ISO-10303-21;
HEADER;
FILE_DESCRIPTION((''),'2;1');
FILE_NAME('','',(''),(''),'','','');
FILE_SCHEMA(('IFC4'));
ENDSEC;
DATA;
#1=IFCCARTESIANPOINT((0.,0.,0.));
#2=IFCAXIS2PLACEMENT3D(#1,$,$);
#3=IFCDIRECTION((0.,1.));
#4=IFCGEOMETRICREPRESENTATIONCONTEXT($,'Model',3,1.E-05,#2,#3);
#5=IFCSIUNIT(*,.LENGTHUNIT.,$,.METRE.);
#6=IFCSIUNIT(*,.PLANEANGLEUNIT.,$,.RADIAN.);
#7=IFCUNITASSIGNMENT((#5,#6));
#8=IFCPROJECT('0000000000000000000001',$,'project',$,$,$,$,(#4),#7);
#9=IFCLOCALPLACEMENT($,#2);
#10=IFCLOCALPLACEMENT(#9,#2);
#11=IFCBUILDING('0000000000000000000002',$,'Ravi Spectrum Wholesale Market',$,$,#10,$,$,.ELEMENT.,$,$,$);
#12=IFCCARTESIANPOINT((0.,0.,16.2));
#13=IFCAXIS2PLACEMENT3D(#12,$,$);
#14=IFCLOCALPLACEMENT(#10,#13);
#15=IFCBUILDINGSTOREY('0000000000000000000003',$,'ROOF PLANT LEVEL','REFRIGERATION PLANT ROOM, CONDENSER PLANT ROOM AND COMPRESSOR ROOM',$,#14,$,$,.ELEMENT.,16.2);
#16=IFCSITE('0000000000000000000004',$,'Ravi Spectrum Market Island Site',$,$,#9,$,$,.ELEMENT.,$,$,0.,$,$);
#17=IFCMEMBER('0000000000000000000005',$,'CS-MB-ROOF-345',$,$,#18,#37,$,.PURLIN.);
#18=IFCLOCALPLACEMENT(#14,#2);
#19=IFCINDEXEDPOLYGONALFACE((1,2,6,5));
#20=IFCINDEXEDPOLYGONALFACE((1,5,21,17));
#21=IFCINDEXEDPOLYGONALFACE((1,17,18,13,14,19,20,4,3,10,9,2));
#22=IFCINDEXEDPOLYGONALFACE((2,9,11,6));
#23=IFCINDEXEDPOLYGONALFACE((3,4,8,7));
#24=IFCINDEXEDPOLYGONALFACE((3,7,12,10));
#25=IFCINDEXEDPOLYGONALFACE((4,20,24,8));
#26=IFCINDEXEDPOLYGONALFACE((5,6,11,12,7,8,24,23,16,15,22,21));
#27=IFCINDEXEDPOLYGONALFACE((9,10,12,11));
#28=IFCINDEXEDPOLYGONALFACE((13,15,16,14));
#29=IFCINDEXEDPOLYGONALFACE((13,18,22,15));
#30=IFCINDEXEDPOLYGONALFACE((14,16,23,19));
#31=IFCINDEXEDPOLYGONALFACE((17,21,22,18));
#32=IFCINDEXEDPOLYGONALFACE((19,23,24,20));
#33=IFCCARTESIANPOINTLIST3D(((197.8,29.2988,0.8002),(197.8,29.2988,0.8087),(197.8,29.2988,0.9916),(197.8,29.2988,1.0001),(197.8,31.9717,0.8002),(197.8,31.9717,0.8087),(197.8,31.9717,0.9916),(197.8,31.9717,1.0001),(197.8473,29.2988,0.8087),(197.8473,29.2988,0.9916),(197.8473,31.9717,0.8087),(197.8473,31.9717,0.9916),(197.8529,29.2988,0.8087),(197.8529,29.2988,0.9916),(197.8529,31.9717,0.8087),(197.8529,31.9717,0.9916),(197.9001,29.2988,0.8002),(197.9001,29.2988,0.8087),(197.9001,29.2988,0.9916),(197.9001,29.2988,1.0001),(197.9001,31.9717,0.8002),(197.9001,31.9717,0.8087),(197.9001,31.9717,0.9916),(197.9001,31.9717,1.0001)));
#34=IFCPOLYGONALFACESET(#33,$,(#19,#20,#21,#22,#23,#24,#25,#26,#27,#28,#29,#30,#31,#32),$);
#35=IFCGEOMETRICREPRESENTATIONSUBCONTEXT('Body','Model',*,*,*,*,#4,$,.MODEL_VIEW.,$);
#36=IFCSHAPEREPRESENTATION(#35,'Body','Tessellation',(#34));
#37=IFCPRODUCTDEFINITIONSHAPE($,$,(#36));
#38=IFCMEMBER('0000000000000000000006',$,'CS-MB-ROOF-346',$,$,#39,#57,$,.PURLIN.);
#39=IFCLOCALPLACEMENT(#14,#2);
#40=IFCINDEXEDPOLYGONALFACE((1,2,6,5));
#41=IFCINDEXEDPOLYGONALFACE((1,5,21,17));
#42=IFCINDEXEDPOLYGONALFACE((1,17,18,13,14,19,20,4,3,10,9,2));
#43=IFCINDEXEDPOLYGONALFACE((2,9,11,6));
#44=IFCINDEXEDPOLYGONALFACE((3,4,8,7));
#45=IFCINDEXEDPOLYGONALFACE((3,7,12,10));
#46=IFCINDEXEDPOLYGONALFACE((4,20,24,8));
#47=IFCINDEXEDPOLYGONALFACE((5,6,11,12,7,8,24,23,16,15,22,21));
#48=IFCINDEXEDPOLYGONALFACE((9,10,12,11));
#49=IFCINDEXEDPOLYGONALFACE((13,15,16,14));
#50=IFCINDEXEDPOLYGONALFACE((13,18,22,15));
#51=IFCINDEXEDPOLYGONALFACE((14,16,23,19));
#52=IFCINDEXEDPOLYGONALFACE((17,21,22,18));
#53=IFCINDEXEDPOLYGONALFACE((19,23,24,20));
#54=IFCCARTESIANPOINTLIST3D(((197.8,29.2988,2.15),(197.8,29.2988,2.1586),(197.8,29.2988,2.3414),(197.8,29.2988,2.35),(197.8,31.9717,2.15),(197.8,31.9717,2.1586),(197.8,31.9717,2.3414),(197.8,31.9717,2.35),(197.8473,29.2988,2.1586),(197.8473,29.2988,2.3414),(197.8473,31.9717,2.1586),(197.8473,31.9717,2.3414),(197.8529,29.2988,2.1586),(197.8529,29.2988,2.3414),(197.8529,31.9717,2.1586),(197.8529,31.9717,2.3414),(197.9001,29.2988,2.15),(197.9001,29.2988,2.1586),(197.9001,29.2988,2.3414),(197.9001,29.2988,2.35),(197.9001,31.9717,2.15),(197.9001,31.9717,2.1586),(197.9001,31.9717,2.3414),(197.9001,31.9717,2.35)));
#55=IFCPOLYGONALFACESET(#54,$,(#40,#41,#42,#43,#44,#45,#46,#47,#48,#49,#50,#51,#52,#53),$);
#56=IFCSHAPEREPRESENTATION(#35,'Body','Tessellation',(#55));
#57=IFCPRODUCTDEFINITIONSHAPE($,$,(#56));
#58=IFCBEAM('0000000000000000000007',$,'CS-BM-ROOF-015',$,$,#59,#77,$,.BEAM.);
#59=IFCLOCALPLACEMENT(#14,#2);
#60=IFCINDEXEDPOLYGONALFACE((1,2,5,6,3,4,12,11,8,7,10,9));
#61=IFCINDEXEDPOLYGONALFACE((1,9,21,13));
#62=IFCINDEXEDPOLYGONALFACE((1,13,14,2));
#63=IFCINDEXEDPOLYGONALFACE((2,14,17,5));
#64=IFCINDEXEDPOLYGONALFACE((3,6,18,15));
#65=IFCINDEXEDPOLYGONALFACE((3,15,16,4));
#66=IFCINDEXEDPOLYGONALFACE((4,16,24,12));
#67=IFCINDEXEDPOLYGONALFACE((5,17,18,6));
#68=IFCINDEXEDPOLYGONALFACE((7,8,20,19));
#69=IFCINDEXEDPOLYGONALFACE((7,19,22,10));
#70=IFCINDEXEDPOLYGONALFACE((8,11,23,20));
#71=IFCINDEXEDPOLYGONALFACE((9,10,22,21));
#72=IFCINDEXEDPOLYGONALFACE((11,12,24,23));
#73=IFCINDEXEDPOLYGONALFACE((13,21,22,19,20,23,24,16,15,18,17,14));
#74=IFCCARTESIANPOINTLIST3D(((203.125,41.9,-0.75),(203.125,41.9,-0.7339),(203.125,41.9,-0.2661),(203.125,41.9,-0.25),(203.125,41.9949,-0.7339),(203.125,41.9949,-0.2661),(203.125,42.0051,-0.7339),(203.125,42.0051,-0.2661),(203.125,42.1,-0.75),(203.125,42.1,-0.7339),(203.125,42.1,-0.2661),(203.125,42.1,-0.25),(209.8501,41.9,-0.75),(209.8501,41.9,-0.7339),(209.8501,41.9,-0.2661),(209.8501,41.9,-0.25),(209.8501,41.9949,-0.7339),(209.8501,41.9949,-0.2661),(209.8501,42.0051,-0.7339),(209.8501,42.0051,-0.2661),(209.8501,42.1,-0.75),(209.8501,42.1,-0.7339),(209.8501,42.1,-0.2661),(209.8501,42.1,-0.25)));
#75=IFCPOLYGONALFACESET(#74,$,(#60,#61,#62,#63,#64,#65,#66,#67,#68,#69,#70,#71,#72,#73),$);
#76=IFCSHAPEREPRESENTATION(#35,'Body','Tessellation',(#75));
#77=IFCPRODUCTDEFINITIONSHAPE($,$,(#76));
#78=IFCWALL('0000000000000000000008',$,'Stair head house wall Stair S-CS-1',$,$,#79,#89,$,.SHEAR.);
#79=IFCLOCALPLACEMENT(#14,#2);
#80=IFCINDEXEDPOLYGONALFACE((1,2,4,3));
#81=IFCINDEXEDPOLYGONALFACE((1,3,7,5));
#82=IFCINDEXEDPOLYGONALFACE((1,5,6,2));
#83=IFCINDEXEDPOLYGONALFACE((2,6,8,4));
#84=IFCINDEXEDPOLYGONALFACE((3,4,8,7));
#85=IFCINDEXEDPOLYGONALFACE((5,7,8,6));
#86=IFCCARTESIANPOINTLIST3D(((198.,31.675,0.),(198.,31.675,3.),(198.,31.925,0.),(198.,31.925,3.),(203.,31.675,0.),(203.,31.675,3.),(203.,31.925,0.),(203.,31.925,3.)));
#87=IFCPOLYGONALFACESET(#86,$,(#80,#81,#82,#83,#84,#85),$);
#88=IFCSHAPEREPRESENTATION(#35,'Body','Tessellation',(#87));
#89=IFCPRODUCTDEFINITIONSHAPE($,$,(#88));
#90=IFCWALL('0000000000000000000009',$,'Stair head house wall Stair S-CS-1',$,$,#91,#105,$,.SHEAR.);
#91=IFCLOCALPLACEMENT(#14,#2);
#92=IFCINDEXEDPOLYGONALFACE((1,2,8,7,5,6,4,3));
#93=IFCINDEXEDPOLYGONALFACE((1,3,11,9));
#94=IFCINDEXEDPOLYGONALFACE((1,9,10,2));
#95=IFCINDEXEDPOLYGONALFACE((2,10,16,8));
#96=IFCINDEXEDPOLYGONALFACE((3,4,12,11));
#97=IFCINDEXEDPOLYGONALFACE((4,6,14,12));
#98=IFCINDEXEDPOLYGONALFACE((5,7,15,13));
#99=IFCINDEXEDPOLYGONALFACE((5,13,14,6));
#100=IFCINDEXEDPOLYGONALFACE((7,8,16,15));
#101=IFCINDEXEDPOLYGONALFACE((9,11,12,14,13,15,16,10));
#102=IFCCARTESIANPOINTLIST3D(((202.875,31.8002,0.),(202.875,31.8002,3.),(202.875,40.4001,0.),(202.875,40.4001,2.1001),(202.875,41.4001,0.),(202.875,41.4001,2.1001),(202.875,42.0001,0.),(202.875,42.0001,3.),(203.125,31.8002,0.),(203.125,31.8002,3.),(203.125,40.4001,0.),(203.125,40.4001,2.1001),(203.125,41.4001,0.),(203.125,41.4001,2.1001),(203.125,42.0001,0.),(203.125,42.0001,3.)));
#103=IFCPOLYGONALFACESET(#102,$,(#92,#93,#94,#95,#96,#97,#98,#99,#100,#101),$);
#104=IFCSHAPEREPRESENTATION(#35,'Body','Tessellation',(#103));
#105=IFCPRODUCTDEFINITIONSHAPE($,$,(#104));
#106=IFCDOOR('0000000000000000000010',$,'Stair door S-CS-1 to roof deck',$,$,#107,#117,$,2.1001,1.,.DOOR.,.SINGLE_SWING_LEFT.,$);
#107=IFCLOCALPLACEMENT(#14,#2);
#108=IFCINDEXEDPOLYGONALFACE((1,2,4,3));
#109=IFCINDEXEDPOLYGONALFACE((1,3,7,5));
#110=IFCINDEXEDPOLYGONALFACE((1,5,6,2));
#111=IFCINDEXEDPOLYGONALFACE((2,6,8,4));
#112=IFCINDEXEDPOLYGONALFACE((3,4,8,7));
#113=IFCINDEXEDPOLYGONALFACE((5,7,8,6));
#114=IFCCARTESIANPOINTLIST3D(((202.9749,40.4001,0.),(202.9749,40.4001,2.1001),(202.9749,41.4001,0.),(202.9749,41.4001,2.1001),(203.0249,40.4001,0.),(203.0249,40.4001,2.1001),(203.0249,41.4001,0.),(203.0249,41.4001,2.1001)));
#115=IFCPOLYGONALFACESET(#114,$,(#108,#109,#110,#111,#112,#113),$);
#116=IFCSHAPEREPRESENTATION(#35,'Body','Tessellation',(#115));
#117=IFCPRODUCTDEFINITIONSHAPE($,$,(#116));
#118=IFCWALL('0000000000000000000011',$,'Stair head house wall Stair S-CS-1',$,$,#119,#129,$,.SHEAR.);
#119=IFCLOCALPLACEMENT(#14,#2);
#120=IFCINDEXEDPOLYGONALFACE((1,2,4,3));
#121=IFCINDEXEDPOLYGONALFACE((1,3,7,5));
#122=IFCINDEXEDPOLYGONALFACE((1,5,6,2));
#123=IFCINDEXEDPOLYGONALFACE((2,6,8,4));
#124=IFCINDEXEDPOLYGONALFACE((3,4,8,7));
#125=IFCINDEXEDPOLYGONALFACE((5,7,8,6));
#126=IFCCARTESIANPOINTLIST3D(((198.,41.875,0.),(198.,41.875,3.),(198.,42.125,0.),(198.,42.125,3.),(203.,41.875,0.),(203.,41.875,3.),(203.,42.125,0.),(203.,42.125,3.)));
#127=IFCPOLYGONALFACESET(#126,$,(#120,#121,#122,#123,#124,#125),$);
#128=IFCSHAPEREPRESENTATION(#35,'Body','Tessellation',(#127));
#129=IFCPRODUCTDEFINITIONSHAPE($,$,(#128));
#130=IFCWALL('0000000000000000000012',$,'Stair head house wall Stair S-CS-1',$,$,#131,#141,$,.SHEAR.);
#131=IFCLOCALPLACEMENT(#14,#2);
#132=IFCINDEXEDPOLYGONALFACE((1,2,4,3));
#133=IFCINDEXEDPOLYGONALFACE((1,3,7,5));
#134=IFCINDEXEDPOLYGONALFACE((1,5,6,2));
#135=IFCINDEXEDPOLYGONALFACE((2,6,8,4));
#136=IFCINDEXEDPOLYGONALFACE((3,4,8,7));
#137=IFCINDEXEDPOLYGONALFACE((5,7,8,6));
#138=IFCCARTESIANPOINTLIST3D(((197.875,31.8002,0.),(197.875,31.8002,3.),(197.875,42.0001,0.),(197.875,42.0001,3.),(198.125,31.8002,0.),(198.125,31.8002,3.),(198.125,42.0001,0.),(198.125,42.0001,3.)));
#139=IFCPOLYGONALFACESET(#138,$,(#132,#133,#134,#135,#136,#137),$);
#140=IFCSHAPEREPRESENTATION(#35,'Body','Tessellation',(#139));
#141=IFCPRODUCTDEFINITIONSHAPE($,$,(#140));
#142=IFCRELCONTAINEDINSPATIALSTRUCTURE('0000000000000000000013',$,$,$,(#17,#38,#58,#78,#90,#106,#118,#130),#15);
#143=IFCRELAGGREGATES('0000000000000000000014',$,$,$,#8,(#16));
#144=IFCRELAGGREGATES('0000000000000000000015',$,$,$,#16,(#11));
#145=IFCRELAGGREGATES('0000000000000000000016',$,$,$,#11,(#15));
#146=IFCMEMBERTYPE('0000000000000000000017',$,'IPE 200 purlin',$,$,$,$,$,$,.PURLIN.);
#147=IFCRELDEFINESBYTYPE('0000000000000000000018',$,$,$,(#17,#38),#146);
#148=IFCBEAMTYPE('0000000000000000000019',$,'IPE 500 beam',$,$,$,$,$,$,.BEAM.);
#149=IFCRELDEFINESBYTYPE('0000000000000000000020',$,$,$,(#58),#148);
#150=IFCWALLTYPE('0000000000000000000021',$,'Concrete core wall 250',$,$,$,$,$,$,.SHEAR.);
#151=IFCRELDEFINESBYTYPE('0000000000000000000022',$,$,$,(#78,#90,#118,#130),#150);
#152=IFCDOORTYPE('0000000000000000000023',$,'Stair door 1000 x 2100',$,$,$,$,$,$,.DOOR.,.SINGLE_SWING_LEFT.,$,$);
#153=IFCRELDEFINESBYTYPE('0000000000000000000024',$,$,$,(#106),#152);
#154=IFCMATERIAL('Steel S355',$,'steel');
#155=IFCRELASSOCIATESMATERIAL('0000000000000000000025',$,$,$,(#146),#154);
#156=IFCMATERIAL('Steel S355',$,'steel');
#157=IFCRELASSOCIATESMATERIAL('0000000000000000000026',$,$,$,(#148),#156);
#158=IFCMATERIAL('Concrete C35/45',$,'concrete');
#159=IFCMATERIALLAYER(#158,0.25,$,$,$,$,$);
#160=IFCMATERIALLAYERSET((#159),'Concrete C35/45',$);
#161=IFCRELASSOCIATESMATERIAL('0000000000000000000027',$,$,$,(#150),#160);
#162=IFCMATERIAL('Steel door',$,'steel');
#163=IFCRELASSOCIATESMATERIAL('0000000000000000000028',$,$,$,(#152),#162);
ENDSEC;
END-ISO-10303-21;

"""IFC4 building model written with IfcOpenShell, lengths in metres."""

from ifc_helpers import new_model, si_unit, direction, frame, frame_2d, origin, origin_2d, place, context, subcontext, project, spatial, rectangle, i_section, extrude, material, layer, layer_set, material_profile, profile_set, type_object, element, fill, save


model = new_model("IFC4")

# Units and contexts
model_context = context("Model", 3, precision=1e-05, world=origin(), true_north=direction((0.0, 1.0)))
body_context = subcontext(model_context, "Body", "Model", "MODEL_VIEW")
ifc_project = project(units=[si_unit("LENGTHUNIT", "METRE"), si_unit("PLANEANGLEUNIT", "RADIAN")], contexts=[model_context])

# Site, building, storey
site_placement = place(None, origin())
site = spatial("IfcSite", under=ifc_project, at=site_placement, Name="Ravi Spectrum Market Island Site", CompositionType="ELEMENT", RefElevation=0.0)
building_placement = place(site_placement, origin())
building = spatial("IfcBuilding", under=site, at=building_placement, Name="Ravi Spectrum Wholesale Market", CompositionType="ELEMENT")
storey_placement = place(building_placement, frame((0.0, 0.0, 16.2)))
storey = spatial("IfcBuildingStorey", under=building, at=storey_placement, Name="ROOF PLANT LEVEL", Description="REFRIGERATION PLANT ROOM, CONDENSER PLANT ROOM AND COMPRESSOR ROOM", CompositionType="ELEMENT", Elevation=16.2)

# Members
ifc_material_1 = material(Name="Steel S355", Category="steel")
ifc_material_profile_1 = material_profile(ifc_material_1, i_section(OverallWidth=0.1001, OverallDepth=0.2, WebThickness=0.0056, FlangeThickness=0.0085, at=origin_2d()))
ifc_profile_set_1 = profile_set([ifc_material_profile_1], Name="Steel S355")
member_type = type_object("IfcMemberType", Name="IPE 200 purlin", PredefinedType="PURLIN", material=ifc_profile_set_1)
for number, where, z_axis, x_axis, name in (
    (1, (197.8501, 31.9717, 0.9001), (0.0, -1.0, 0.0), (1.0, 0.0, 0.0), "CS-MB-ROOF-345"),
    (2, (197.8501, 31.9717, 2.25), (0.0, -1.0, 0.0), (1.0, 0.0, 0.0), "CS-MB-ROOF-346"),
):
    element("IfcMember", number, at=place(storey_placement, frame(where, z_axis=z_axis, x_axis=x_axis)), inside=storey, type_object=member_type, Name=name, PredefinedType="PURLIN", context=body_context, shape_type="SweptSolid", body=[
        extrude(i_section(OverallWidth=0.1001, OverallDepth=0.2, WebThickness=0.0056, FlangeThickness=0.0085, at=origin_2d()), origin(), (0.0, 0.0, 1.0), 2.6729),
    ])

# Beam
ifc_material_2 = material(Name="Steel S355", Category="steel")
ifc_material_profile_2 = material_profile(ifc_material_2, i_section(OverallWidth=0.2, OverallDepth=0.5, WebThickness=0.0103, FlangeThickness=0.0161, at=origin_2d()))
ifc_profile_set_2 = profile_set([ifc_material_profile_2], Name="Steel S355")
beam_type = type_object("IfcBeamType", Name="IPE 500 beam", PredefinedType="BEAM", material=ifc_profile_set_2)
beam_placement = place(storey_placement, frame((203.125, 42.0, -0.5), z_axis=(1.0, 0.0, 0.0), x_axis=(0.0, 1.0, 0.0)))
element("IfcBeam", 3, at=beam_placement, inside=storey, type_object=beam_type, Name="CS-BM-ROOF-015", PredefinedType="BEAM", context=body_context, shape_type="SweptSolid", body=[
    extrude(i_section(OverallWidth=0.2, OverallDepth=0.5, WebThickness=0.0103, FlangeThickness=0.0161, at=origin_2d()), origin(), (0.0, 0.0, 1.0), 6.7251),
])

# Wall
ifc_material_3 = material(Name="Concrete C35/45", Category="concrete")
ifc_layer_1 = layer(ifc_material_3, 0.25)
ifc_layer_set_1 = layer_set([ifc_layer_1], Name="Concrete C35/45")
wall_type = type_object("IfcWallType", Name="Concrete core wall 250", PredefinedType="SHEAR", material=ifc_layer_set_1)
wall_1_placement = place(storey_placement, frame((198.0, 31.8, 0.0), z_axis=(0.0, 0.0, 1.0), x_axis=(1.0, 0.0, 0.0)))
element("IfcWall", 4, at=wall_1_placement, inside=storey, type_object=wall_type, Name="Stair head house wall Stair S-CS-1", PredefinedType="SHEAR", context=body_context, shape_type="SweptSolid", body=[
    extrude(rectangle(XDim=5.0, YDim=0.25, at=frame_2d((2.5, 0.0))), origin(), (0.0, 0.0, 1.0), 3.0),
])

# Wall, opening, door
wall_2_placement = place(storey_placement, frame((203.0, 31.8, 0.0), z_axis=(0.0, 0.0, 1.0), x_axis=(0.0, 1.0, 0.0)))
wall_2 = element("IfcWall", 5, at=wall_2_placement, inside=storey, type_object=wall_type, Name="Stair head house wall Stair S-CS-1", PredefinedType="SHEAR", context=body_context, shape_type="SweptSolid", body=[
    extrude(rectangle(XDim=10.2, YDim=0.25, at=frame_2d((5.1001, 0.0))), origin(), (0.0, 0.0, 1.0), 3.0),
])
opening_placement = place(wall_2_placement, frame((9.6001, 0.0, 0.0), z_axis=(0.0, 0.0, 1.0), x_axis=(-1.0, 0.0, 0.0)))
opening = element("IfcOpeningElement", 6, at=opening_placement, cuts=wall_2, PredefinedType="OPENING", context=body_context, shape_type="SweptSolid", body=[
    extrude(rectangle(XDim=1.0, YDim=2.1001, at=frame_2d((0.5, 1.05))), frame((0.0, 0.135, 0.0), z_axis=(0.0, -1.0, 0.0), x_axis=(1.0, 0.0, 0.0)), (0.0, 0.0, 1.0), 0.27),
])
ifc_material_4 = material(Name="Steel door", Category="steel")
door_type = type_object("IfcDoorType", Name="Stair door 1000 x 2100", OperationType="SINGLE_SWING_LEFT", PredefinedType="DOOR", material=ifc_material_4)
door_placement = place(opening_placement, origin())
door = element("IfcDoor", 7, at=door_placement, inside=storey, type_object=door_type, Name="Stair door S-CS-1 to roof deck", OperationType="SINGLE_SWING_LEFT", OverallHeight=2.1001, OverallWidth=1.0, PredefinedType="DOOR", context=body_context, shape_type="SweptSolid", body=[
    extrude(rectangle(XDim=1.0, YDim=2.1001, at=frame_2d((0.5, 1.05))), frame((0.0, 0.0249, 0.0), z_axis=(0.0, -1.0, 0.0), x_axis=(1.0, 0.0, 0.0)), (0.0, 0.0, 1.0), 0.05),
])
fill(opening, door)

# Walls
wall_3_placement = place(storey_placement, frame((198.0, 42.0, 0.0), z_axis=(0.0, 0.0, 1.0), x_axis=(1.0, 0.0, 0.0)))
element("IfcWall", 8, at=wall_3_placement, inside=storey, type_object=wall_type, Name="Stair head house wall Stair S-CS-1", PredefinedType="SHEAR", context=body_context, shape_type="SweptSolid", body=[
    extrude(rectangle(XDim=5.0, YDim=0.25, at=frame_2d((2.5, 0.0))), origin(), (0.0, 0.0, 1.0), 3.0),
])
wall_4_placement = place(storey_placement, frame((198.0, 31.8, 0.0), z_axis=(0.0, 0.0, 1.0), x_axis=(0.0, 1.0, 0.0)))
element("IfcWall", 9, at=wall_4_placement, inside=storey, type_object=wall_type, Name="Stair head house wall Stair S-CS-1", PredefinedType="SHEAR", context=body_context, shape_type="SweptSolid", body=[
    extrude(rectangle(XDim=10.2, YDim=0.25, at=frame_2d((5.1001, 0.0))), origin(), (0.0, 0.0, 1.0), 3.0),
])

save(model, "model.ifc")
